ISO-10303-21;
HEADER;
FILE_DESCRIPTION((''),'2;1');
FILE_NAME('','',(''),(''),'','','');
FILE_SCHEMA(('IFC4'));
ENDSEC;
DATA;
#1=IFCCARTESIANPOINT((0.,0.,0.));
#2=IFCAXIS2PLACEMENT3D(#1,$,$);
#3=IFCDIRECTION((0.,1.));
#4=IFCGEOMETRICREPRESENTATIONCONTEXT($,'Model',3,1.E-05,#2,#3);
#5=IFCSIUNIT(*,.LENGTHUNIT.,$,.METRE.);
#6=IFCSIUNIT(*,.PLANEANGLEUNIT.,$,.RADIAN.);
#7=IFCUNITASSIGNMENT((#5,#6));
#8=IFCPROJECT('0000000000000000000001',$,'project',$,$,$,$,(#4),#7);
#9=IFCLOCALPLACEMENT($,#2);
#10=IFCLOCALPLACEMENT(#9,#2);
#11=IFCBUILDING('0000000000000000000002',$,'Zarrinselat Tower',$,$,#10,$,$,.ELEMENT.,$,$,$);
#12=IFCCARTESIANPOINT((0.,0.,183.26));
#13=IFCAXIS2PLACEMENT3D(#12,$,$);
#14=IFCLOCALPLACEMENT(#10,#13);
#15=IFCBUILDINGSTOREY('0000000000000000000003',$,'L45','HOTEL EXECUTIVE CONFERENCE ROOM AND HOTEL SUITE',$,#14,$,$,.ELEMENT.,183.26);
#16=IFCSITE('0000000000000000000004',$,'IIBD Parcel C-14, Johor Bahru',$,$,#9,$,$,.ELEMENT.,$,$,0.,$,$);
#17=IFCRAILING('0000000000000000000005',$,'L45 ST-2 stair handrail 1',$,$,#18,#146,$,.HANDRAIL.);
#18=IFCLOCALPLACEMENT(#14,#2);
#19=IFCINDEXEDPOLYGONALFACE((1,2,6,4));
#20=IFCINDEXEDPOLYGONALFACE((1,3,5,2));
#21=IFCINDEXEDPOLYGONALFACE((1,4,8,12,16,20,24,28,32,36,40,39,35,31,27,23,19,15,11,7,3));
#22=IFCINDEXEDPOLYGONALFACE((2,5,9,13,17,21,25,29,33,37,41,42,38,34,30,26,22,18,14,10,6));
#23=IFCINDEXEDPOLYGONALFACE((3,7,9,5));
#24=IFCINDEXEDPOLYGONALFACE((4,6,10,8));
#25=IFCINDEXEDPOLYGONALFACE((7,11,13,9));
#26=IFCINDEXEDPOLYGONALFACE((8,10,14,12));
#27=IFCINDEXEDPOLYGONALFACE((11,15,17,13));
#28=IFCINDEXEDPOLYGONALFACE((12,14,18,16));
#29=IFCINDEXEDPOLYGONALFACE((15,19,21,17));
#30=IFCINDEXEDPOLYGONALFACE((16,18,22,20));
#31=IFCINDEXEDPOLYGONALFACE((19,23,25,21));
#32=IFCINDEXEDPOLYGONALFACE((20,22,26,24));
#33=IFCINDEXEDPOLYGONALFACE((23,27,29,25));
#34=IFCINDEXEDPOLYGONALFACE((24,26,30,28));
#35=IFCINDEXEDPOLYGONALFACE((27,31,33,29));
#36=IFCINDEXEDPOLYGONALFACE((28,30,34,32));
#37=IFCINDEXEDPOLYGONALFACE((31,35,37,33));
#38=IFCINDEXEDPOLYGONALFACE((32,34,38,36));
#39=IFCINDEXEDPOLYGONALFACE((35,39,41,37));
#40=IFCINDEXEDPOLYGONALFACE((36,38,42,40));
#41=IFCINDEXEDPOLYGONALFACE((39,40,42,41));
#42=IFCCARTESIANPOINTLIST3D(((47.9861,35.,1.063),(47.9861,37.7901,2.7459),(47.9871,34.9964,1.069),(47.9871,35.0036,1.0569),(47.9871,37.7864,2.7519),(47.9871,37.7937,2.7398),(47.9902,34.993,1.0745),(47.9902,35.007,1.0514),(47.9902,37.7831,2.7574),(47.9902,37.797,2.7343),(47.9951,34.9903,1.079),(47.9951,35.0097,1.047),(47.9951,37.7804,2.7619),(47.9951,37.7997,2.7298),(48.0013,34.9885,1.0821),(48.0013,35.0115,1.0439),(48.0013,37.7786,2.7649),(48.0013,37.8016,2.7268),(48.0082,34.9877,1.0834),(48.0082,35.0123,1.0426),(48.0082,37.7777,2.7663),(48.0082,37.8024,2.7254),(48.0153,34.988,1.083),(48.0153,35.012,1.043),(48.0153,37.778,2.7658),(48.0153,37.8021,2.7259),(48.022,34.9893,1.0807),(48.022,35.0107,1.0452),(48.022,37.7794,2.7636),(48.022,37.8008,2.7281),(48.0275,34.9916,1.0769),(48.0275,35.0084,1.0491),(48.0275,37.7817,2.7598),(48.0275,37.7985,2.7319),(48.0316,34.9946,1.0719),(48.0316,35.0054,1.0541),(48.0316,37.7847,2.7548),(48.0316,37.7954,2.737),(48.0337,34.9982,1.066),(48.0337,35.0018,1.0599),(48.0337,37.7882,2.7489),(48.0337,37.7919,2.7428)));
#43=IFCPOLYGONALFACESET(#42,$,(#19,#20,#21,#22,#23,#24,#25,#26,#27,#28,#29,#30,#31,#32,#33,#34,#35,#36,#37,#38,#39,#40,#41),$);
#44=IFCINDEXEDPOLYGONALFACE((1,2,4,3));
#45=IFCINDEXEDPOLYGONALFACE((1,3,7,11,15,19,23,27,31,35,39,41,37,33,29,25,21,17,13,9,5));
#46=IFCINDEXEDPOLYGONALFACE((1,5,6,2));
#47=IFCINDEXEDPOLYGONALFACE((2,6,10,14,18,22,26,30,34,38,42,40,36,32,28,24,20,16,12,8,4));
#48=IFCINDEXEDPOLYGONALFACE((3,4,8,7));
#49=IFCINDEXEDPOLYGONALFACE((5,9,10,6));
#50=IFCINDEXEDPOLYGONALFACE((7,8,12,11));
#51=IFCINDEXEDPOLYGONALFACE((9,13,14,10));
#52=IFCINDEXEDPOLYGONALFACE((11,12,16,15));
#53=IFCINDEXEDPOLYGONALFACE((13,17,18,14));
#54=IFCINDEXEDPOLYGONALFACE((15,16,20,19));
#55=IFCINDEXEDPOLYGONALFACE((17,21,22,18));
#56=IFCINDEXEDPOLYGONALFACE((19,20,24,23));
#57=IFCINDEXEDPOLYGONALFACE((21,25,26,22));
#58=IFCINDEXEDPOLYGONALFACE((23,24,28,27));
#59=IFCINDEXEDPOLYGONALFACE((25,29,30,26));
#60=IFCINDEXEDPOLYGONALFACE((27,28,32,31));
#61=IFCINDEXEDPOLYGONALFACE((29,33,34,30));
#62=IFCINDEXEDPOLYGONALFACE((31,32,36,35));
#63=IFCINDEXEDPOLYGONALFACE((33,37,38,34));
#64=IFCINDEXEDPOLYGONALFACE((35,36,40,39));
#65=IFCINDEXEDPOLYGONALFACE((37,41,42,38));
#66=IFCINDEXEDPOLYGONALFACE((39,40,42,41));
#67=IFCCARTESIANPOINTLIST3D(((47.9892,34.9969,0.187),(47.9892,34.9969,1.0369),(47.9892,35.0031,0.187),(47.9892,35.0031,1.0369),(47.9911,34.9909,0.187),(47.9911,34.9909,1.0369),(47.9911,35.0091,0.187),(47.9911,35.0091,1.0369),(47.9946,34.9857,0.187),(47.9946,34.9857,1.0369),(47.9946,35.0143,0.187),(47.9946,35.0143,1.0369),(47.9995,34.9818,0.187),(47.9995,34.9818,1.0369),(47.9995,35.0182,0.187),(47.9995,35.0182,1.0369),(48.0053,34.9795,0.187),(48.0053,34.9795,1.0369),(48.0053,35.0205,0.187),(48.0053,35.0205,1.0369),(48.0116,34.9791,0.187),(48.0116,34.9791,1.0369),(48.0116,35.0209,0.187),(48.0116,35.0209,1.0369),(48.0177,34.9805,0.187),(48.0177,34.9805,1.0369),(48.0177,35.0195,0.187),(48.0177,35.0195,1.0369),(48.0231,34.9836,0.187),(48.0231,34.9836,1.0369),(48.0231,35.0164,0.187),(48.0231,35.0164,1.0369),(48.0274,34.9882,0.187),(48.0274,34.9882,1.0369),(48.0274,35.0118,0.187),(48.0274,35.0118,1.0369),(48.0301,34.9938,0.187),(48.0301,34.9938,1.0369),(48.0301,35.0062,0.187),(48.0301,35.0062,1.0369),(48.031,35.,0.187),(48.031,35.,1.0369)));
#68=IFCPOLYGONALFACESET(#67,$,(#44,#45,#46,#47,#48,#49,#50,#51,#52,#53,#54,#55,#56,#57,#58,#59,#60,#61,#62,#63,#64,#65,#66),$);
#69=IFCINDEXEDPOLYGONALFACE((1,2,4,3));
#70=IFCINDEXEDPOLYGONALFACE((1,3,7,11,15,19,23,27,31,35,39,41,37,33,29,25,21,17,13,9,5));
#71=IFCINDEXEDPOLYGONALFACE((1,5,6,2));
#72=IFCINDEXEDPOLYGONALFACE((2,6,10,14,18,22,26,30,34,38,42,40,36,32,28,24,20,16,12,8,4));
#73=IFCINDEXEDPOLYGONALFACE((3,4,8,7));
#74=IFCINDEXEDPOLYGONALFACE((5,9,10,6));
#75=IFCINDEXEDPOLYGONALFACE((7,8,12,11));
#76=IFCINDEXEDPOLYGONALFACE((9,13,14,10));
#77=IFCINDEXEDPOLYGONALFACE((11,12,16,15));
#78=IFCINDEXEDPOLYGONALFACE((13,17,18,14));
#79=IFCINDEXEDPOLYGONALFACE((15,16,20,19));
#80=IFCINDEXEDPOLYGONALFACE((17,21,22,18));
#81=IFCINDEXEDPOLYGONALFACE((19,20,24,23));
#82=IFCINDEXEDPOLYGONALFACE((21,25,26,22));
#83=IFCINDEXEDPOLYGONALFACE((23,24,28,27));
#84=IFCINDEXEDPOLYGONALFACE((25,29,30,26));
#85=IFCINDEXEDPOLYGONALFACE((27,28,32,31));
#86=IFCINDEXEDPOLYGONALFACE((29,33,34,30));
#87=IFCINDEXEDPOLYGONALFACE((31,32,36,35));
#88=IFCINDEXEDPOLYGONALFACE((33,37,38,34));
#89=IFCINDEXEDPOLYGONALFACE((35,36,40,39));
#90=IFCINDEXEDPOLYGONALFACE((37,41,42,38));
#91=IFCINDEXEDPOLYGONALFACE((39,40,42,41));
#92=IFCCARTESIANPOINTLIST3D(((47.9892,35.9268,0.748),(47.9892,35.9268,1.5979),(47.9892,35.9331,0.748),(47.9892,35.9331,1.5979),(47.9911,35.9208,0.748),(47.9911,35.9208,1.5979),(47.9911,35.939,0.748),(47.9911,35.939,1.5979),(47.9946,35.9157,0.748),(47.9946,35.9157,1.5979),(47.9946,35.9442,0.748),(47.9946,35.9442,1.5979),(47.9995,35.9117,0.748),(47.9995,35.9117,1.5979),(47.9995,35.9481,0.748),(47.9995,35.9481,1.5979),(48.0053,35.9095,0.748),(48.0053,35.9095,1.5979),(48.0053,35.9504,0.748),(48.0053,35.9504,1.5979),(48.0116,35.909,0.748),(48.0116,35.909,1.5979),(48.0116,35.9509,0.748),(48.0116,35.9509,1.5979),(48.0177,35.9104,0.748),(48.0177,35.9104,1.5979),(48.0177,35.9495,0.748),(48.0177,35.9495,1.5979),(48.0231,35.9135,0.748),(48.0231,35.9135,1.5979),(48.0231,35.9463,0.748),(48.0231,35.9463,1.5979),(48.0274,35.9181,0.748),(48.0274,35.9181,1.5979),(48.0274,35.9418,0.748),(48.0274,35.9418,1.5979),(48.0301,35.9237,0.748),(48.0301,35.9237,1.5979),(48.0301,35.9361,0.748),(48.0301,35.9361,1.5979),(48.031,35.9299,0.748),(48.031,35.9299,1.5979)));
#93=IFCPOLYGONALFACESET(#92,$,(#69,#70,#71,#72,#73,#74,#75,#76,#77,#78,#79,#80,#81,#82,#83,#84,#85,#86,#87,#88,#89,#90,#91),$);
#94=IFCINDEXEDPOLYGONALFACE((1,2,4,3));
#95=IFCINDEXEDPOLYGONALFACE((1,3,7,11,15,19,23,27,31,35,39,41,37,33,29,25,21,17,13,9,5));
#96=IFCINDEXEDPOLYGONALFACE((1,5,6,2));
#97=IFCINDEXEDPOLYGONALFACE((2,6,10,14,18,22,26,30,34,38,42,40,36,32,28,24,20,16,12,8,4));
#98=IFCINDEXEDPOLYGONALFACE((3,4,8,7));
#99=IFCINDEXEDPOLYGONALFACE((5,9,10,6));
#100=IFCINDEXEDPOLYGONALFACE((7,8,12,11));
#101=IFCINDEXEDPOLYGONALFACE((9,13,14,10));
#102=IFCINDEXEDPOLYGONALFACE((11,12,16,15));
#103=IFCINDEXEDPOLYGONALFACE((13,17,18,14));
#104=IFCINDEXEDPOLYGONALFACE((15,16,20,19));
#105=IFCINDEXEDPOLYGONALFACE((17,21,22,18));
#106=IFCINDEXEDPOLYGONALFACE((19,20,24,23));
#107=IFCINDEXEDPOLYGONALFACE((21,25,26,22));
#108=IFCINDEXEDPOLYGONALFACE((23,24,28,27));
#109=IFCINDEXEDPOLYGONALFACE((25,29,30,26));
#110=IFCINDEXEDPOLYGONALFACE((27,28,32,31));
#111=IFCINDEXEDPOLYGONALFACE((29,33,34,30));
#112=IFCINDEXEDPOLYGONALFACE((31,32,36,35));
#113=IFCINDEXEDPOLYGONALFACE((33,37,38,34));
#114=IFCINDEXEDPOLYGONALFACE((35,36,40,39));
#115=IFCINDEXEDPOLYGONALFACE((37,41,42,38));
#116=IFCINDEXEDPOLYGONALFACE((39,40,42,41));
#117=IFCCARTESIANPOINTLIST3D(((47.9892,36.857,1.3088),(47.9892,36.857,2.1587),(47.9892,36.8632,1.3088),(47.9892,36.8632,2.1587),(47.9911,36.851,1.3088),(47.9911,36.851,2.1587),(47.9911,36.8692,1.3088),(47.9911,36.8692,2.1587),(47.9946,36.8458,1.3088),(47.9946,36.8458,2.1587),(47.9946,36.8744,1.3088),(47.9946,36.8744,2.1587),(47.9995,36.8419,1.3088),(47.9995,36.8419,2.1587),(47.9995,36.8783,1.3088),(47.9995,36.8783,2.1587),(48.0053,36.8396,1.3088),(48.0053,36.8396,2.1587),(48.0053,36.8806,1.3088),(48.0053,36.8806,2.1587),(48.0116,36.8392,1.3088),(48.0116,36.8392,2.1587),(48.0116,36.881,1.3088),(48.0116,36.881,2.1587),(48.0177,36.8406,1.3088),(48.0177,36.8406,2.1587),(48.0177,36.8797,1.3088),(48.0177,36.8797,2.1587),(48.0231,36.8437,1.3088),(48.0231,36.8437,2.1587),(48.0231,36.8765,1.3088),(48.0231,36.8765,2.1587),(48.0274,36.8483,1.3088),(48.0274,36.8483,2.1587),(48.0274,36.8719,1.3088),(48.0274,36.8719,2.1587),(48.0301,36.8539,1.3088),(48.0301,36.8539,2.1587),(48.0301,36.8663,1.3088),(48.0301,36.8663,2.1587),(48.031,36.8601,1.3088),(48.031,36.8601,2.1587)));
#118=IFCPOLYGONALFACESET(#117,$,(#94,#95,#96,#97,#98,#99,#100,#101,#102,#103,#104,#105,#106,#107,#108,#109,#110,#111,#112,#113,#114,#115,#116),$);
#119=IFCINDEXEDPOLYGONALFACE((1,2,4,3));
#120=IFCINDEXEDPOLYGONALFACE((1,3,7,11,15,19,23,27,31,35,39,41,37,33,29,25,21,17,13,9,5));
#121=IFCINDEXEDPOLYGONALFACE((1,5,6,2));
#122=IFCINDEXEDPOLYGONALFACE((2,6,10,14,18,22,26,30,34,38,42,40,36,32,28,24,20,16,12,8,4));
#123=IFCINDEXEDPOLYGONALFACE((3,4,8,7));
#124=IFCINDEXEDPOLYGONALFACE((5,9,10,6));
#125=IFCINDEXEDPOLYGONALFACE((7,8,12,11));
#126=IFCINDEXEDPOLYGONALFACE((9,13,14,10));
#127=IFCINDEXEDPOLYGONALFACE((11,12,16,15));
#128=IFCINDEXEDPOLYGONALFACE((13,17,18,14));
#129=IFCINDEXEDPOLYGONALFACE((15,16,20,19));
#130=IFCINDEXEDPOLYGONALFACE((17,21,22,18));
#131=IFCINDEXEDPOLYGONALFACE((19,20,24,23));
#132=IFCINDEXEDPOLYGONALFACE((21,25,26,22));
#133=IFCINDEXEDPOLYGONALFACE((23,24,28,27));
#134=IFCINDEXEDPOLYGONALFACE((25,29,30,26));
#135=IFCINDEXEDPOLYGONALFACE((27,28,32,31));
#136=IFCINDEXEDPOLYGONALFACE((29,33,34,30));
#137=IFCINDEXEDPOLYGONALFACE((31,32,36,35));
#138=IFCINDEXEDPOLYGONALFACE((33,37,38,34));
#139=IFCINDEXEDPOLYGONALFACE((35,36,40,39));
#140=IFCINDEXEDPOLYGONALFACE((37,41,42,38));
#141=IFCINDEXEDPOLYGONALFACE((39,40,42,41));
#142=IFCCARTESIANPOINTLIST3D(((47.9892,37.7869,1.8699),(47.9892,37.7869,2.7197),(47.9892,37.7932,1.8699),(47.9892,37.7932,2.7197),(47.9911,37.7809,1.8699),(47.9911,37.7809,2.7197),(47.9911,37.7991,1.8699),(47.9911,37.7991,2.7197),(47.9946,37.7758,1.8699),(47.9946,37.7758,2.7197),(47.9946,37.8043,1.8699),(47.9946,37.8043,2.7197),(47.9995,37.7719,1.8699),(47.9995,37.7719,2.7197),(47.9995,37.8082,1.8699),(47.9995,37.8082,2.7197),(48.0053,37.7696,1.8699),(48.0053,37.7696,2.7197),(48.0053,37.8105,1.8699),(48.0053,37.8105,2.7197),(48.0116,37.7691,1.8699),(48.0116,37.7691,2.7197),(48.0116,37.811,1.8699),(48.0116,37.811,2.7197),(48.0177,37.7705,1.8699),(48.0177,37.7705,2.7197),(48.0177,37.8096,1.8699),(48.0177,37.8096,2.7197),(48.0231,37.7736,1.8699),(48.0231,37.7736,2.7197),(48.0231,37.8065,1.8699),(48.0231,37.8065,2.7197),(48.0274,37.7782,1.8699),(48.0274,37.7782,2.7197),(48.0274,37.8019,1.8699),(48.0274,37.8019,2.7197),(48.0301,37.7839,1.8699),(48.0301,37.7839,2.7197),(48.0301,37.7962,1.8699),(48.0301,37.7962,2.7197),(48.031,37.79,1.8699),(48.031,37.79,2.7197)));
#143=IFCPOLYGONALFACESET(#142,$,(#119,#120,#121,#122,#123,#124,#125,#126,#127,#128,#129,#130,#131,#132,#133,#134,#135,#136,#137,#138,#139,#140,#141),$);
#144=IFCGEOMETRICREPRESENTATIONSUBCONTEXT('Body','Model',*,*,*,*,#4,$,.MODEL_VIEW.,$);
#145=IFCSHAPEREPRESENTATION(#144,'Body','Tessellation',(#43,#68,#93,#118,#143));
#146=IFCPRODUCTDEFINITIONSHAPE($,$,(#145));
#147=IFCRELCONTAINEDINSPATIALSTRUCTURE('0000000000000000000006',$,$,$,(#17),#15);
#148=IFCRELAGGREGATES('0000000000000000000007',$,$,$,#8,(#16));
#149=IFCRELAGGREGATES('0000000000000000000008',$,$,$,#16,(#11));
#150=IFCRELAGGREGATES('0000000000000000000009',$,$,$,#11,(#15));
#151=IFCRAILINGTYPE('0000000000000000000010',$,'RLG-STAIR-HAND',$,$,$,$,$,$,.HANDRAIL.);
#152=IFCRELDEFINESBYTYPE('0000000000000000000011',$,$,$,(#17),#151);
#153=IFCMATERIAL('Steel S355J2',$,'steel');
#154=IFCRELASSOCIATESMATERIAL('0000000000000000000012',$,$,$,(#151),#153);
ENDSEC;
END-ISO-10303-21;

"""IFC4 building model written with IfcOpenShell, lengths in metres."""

from ifc_helpers import new_model, si_unit, direction, frame, origin, origin_2d, place, context, subcontext, project, spatial, circle, extrude, material, type_object, element, save


model = new_model("IFC4")

# Units and contexts
model_context = context("Model", 3, precision=1e-05, world=origin(), true_north=direction((0.0, 1.0)))
body_context = subcontext(model_context, "Body", "Model", "MODEL_VIEW")
ifc_project = project(units=[si_unit("LENGTHUNIT", "METRE"), si_unit("PLANEANGLEUNIT", "RADIAN")], contexts=[model_context])

# Site, building, storey
site_placement = place(None, origin())
site = spatial("IfcSite", under=ifc_project, at=site_placement, Name="IIBD Parcel C-14, Johor Bahru", CompositionType="ELEMENT", RefElevation=0.0)
building_placement = place(site_placement, origin())
building = spatial("IfcBuilding", under=site, at=building_placement, Name="Zarrinselat Tower", CompositionType="ELEMENT")
storey_placement = place(building_placement, frame((0.0, 0.0, 183.26)))
storey = spatial("IfcBuildingStorey", under=building, at=storey_placement, Name="L45", Description="HOTEL EXECUTIVE CONFERENCE ROOM AND HOTEL SUITE", CompositionType="ELEMENT", Elevation=183.26)

# Railing
ifc_material_1 = material(Name="Steel S355J2", Category="steel")
railing_type_1 = type_object("IfcRailingType", Name="RLG-STAIR-HAND", PredefinedType="HANDRAIL", material=ifc_material_1)
railing_1_placement = place(storey_placement, frame((48.01, 35.0, 0.187)))
element("IfcRailing", 1, at=railing_1_placement, inside=storey, type_object=railing_type_1, Name="L45 ST-2 stair handrail 1", PredefinedType="HANDRAIL", context=body_context, shape_type="SweptSolid", body=[
    extrude(circle(Radius=0.0239, at=origin_2d()), frame((0.0, 0.0, 0.876), z_axis=(0.0, 0.856294, 0.516489), x_axis=(-1.0, 0.0, 0.0)), (0.0, 0.0, 1.0), 3.2583),
    extrude(circle(Radius=0.021, at=origin_2d()), origin(), (0.0, 0.0, 1.0), 0.8499),
    extrude(circle(Radius=0.021, at=origin_2d()), frame((0.0, 0.9299, 0.561)), (0.0, 0.0, 1.0), 0.8499),
    extrude(circle(Radius=0.021, at=origin_2d()), frame((0.0, 1.8601, 1.1218)), (0.0, 0.0, 1.0), 0.8499),
    extrude(circle(Radius=0.021, at=origin_2d()), frame((0.0, 2.79, 1.6829)), (0.0, 0.0, 1.0), 0.8499),
])

save(model, "model.ifc")
